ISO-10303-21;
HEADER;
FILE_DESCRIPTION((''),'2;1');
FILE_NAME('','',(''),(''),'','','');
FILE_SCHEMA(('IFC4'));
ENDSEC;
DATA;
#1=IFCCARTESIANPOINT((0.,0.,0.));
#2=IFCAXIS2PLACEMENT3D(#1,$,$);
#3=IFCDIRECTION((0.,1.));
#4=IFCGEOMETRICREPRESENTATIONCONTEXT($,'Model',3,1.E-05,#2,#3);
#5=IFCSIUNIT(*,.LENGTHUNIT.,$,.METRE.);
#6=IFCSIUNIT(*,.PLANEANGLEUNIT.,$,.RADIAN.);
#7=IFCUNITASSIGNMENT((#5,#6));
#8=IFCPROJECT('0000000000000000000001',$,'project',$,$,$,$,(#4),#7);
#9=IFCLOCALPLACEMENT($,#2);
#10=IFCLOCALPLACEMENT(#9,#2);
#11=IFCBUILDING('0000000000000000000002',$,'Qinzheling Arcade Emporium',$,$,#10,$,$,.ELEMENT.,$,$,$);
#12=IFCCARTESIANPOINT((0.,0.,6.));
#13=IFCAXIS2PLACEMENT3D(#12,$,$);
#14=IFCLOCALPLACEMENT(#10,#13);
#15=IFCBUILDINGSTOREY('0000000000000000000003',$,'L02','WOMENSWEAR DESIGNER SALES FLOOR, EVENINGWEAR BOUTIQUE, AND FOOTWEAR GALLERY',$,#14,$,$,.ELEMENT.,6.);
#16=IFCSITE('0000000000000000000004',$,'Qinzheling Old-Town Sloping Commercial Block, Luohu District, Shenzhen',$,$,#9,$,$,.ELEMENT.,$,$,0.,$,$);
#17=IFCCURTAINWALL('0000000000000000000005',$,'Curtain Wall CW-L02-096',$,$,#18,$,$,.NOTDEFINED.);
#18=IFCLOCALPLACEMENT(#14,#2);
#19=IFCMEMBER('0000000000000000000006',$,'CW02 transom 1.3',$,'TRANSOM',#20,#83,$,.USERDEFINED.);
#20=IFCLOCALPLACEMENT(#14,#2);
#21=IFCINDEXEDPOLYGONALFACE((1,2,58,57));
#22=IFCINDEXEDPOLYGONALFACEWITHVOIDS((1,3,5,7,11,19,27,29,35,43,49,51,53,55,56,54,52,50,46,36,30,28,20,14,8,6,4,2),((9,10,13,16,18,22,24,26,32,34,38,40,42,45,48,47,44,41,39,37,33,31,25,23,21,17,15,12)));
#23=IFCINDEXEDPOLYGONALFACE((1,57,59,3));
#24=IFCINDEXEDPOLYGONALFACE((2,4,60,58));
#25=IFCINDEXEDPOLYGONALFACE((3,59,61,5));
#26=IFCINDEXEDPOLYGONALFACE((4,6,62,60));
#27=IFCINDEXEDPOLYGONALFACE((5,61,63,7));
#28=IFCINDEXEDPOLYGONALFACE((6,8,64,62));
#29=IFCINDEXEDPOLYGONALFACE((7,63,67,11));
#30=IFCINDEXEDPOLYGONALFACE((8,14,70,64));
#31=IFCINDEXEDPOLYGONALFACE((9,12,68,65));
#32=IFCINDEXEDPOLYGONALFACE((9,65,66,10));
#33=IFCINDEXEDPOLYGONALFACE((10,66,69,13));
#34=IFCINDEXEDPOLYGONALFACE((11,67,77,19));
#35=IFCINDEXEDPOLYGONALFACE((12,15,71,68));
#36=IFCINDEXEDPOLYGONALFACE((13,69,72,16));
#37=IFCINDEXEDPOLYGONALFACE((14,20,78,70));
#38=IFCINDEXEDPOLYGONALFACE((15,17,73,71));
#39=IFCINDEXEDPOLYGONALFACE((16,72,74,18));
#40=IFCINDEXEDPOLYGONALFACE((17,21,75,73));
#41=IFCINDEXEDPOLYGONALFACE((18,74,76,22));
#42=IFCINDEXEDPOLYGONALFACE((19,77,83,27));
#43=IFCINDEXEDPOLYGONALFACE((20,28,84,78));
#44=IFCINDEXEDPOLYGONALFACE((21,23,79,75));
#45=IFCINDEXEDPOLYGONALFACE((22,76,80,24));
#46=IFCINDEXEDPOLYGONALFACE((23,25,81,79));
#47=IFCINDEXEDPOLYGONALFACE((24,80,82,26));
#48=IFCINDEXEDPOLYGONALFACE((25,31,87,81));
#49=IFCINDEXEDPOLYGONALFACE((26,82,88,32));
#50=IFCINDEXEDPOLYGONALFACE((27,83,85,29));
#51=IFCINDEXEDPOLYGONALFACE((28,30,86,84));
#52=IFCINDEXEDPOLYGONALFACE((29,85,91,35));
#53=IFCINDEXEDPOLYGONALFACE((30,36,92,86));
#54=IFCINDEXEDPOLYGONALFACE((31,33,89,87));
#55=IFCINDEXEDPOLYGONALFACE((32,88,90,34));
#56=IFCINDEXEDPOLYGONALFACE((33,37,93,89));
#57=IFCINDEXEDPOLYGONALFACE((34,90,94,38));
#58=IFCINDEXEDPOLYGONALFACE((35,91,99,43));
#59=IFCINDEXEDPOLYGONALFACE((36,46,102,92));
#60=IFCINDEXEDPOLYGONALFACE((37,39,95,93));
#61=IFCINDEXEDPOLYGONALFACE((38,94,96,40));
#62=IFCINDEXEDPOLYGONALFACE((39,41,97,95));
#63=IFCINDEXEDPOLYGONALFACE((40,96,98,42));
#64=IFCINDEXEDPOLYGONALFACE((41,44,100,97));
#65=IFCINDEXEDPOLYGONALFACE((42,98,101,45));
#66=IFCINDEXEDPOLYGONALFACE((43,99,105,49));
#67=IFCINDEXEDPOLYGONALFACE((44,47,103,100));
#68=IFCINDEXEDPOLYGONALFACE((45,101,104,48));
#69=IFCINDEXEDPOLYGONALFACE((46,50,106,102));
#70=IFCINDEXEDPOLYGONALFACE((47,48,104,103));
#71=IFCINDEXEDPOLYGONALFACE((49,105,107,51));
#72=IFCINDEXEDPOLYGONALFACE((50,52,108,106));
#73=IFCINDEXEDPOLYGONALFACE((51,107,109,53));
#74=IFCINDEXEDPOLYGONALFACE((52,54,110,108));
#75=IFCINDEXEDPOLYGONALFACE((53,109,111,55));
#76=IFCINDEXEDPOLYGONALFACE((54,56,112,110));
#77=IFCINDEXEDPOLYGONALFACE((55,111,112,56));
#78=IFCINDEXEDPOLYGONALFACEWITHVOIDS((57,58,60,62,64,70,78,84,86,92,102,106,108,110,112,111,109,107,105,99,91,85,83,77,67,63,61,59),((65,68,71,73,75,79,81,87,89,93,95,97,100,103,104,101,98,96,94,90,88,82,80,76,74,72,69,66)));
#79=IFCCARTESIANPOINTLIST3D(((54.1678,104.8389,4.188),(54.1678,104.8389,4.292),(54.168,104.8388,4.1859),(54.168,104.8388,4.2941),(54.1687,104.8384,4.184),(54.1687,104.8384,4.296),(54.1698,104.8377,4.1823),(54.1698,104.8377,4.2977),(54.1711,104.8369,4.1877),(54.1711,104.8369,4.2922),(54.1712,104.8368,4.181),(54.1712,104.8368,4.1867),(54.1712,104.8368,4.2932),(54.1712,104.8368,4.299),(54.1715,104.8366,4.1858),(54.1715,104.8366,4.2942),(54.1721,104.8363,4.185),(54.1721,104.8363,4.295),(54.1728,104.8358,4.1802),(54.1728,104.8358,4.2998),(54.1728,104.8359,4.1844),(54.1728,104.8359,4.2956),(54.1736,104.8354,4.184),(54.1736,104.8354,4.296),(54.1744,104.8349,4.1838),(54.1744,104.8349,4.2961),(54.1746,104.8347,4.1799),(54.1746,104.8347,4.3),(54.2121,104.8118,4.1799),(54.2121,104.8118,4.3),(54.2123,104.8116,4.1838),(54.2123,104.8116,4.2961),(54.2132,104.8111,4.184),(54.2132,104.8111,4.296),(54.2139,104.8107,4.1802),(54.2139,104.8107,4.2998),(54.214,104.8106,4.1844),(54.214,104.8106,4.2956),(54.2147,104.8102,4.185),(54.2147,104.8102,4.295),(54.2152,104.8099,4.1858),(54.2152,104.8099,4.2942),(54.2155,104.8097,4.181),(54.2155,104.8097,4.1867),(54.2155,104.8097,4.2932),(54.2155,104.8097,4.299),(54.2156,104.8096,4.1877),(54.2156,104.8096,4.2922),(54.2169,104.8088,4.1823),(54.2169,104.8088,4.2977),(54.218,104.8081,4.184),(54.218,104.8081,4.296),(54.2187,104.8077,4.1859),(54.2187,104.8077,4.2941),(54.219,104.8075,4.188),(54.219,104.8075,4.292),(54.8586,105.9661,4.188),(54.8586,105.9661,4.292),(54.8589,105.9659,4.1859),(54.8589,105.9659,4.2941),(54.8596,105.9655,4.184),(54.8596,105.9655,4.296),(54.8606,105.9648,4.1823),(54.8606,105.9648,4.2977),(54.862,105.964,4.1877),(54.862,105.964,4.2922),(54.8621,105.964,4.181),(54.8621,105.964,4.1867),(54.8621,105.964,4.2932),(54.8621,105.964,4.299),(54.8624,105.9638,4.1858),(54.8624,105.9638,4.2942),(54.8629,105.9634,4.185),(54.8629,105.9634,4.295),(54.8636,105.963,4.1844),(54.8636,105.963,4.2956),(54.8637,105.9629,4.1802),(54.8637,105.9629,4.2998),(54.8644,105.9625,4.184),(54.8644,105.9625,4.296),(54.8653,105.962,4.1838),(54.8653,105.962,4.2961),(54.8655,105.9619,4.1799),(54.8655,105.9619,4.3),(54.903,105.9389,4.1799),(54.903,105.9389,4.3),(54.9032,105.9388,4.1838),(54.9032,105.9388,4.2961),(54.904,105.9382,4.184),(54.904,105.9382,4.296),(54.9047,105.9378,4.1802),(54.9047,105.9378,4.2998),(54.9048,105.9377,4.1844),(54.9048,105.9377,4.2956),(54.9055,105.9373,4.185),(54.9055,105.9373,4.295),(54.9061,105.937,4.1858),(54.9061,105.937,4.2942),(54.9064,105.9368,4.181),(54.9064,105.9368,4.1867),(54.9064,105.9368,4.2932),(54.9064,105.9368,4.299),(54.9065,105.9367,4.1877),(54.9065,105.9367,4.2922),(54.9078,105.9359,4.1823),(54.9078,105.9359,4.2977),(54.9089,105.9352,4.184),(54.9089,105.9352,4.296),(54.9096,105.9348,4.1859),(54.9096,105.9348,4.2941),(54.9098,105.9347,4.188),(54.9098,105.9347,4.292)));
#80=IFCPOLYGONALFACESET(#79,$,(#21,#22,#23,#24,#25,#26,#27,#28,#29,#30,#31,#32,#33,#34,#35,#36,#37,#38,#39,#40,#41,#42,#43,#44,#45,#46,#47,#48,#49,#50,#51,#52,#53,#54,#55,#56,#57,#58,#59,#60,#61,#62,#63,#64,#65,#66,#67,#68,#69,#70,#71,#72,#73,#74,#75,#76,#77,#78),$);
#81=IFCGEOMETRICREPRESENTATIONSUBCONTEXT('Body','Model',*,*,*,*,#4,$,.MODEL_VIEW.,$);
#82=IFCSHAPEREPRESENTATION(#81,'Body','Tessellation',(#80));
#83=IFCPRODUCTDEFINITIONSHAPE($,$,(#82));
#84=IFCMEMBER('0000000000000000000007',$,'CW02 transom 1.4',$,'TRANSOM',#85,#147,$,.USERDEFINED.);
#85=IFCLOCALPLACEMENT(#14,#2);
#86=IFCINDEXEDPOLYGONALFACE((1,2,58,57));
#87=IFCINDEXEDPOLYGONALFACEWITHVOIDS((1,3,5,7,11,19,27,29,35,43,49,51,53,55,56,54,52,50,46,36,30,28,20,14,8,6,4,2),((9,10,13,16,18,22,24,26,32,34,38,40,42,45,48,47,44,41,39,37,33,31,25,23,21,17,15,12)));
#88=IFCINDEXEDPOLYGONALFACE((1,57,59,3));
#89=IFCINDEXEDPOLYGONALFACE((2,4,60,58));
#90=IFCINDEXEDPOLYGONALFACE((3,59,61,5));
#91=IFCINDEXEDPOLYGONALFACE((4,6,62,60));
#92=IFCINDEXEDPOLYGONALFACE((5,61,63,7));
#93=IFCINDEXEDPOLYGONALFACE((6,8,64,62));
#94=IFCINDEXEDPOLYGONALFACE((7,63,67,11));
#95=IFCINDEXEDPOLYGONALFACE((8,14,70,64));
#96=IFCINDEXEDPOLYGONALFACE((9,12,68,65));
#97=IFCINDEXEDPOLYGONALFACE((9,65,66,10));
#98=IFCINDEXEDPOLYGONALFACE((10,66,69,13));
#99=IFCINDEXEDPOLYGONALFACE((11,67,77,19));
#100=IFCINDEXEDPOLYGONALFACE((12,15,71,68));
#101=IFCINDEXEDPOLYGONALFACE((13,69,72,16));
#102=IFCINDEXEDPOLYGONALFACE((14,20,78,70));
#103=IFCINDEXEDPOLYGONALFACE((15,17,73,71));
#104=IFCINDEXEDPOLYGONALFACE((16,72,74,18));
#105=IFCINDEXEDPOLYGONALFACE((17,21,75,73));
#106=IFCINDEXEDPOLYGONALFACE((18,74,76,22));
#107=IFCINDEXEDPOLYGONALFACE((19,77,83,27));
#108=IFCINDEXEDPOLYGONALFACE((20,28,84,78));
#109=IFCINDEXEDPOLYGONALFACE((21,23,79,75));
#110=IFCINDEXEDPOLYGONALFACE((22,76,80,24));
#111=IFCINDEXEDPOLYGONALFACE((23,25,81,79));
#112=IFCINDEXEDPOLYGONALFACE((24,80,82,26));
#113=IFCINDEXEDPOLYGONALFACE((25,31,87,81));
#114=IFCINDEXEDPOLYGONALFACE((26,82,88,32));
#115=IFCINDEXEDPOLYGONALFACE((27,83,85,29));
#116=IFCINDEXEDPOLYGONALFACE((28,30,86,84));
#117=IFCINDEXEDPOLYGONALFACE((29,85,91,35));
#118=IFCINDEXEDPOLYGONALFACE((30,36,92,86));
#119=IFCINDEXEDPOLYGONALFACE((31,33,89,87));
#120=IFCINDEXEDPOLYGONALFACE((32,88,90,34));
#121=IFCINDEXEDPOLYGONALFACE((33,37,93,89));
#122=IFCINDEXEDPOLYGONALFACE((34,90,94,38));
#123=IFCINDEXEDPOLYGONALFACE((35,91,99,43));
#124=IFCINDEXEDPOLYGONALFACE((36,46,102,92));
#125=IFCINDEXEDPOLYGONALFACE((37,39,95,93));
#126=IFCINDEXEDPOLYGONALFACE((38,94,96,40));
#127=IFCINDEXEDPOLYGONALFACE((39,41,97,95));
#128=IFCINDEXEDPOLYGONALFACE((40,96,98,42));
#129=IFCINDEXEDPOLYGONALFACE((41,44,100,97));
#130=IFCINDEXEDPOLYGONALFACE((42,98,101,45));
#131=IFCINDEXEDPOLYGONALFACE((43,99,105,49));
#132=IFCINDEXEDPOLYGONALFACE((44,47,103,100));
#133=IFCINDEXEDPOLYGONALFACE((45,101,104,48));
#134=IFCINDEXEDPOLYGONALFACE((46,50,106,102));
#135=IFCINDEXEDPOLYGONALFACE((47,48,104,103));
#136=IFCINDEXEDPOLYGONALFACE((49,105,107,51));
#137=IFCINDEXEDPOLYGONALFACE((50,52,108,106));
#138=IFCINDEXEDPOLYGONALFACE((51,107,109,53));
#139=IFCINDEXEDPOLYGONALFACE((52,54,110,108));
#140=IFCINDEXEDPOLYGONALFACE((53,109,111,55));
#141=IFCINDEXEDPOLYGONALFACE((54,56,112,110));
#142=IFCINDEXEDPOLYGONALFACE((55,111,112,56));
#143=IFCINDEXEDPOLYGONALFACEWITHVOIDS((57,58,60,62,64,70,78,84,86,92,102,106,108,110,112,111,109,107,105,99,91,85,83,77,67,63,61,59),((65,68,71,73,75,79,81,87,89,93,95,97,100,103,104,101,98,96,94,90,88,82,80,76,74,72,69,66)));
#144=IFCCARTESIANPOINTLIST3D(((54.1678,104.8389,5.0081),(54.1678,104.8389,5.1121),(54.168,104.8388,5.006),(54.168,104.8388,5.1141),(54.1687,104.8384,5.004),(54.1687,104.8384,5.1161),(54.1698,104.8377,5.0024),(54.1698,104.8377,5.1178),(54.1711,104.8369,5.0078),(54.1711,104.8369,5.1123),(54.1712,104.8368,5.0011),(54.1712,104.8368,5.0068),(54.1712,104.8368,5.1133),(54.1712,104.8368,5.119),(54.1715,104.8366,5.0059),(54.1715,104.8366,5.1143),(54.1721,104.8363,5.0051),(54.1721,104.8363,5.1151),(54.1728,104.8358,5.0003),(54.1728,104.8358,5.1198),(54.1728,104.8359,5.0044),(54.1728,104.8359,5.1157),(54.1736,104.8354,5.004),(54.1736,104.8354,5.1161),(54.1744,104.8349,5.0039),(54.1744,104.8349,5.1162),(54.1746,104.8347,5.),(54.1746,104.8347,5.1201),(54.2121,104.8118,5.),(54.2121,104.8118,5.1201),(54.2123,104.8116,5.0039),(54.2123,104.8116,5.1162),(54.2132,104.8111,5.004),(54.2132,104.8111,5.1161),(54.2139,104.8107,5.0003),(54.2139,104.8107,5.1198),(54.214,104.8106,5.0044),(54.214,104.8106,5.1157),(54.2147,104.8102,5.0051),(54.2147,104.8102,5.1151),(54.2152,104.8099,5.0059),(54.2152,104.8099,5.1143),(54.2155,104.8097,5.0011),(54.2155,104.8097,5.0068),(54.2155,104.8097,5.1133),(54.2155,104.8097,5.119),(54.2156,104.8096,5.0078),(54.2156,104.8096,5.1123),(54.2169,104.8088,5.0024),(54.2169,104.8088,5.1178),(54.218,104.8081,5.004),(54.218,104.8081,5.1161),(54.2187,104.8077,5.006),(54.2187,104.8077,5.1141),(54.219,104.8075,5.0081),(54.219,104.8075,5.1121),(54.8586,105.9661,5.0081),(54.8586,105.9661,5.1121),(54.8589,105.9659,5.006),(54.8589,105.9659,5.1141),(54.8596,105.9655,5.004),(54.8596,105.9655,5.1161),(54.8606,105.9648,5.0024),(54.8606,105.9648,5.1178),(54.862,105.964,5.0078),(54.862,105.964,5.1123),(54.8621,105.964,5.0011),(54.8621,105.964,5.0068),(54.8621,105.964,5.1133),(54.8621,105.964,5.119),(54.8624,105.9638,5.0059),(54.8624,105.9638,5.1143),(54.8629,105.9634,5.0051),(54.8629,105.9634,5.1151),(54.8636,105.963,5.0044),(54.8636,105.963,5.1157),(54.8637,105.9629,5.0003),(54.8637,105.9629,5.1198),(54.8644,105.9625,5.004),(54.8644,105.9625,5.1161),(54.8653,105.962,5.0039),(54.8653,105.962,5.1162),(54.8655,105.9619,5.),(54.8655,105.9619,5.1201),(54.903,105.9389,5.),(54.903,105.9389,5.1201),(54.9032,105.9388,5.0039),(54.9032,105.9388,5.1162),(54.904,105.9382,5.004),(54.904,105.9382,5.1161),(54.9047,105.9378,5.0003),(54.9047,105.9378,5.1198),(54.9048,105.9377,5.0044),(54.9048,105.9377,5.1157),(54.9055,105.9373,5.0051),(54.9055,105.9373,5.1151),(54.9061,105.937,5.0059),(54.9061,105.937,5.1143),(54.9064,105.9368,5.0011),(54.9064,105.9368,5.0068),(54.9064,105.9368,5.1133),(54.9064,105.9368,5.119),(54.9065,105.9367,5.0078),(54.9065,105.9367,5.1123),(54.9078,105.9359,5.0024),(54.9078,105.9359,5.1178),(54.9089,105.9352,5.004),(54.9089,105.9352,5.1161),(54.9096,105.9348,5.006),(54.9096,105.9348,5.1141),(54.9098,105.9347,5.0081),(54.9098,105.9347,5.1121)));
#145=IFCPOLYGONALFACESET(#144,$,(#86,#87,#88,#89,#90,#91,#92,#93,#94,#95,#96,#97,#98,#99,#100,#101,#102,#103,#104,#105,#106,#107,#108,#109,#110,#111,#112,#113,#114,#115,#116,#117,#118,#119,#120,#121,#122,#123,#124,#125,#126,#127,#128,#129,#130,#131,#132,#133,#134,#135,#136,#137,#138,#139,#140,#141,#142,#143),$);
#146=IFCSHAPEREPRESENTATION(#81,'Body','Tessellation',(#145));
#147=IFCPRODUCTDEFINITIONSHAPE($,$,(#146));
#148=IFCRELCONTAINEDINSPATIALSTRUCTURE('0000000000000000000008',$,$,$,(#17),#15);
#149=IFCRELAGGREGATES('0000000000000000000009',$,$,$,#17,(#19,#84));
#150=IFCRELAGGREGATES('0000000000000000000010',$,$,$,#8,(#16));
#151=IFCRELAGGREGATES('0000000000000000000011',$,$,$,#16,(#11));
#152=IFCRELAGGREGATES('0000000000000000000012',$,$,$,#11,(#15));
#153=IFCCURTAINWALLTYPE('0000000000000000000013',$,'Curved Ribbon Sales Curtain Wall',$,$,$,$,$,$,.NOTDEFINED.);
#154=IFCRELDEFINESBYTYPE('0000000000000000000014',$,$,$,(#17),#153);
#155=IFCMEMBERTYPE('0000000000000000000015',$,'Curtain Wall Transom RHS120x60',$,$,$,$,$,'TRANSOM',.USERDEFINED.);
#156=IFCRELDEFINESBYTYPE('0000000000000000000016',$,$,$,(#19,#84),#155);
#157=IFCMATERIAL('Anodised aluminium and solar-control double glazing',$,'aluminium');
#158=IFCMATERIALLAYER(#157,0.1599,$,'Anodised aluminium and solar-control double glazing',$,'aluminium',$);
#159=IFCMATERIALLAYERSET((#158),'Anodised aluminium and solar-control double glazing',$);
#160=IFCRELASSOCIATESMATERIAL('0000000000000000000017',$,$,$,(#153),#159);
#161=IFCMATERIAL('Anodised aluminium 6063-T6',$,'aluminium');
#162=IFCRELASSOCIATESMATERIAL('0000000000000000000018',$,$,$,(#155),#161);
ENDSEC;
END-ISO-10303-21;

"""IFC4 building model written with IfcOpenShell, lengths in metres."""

from ifc_helpers import new_model, si_unit, direction, frame, origin, origin_2d, place, context, subcontext, project, spatial, hollow_rectangle, extrude, material, layer, layer_set, material_profile, profile_set, type_object, element, aggregate, save


model = new_model("IFC4")

# Units and contexts
model_context = context("Model", 3, precision=1e-05, world=origin(), true_north=direction((0.0, 1.0)))
body_context = subcontext(model_context, "Body", "Model", "MODEL_VIEW")
ifc_project = project(units=[si_unit("LENGTHUNIT", "METRE"), si_unit("PLANEANGLEUNIT", "RADIAN")], contexts=[model_context])

# Site, building, storey
site_placement = place(None, origin())
site = spatial("IfcSite", under=ifc_project, at=site_placement, Name="Qinzheling Old-Town Sloping Commercial Block, Luohu District, Shenzhen", CompositionType="ELEMENT", RefElevation=0.0)
building_placement = place(site_placement, origin())
building = spatial("IfcBuilding", under=site, at=building_placement, Name="Qinzheling Arcade Emporium", CompositionType="ELEMENT")
storey_placement = place(building_placement, frame((0.0, 0.0, 6.0)))
storey = spatial("IfcBuildingStorey", under=building, at=storey_placement, Name="L02", Description="WOMENSWEAR DESIGNER SALES FLOOR, EVENINGWEAR BOUTIQUE, AND FOOTWEAR GALLERY", CompositionType="ELEMENT", Elevation=6.0)

# Curtain wall
ifc_material_1 = material(Name="Anodised aluminium and solar-control double glazing", Category="aluminium")
ifc_layer_1 = layer(ifc_material_1, 0.1599, Name="Anodised aluminium and solar-control double glazing", Category="aluminium")
ifc_layer_set_1 = layer_set([ifc_layer_1], Name="Anodised aluminium and solar-control double glazing")
curtain_wall_type = type_object("IfcCurtainWallType", Name="Curved Ribbon Sales Curtain Wall", PredefinedType="NOTDEFINED", material=ifc_layer_set_1)
ifc_material_2 = material(Name="Anodised aluminium 6063-T6", Category="aluminium")
curtain_wall_1_placement = place(storey_placement, origin())
curtain_wall_1 = element("IfcCurtainWall", 1, at=curtain_wall_1_placement, inside=storey, type_object=curtain_wall_type, Name="Curtain Wall CW-L02-096", PredefinedType="NOTDEFINED")

# Members
ifc_material_profile_1 = material_profile(ifc_material_2, hollow_rectangle(XDim=0.0601, YDim=0.1201, WallThickness=0.0039, InnerFilletRadius=0.0039, OuterFilletRadius=0.0081, at=origin_2d()), Name="RHS 120x60x4", Category="aluminium")
ifc_profile_set_1 = profile_set([ifc_material_profile_1], Name="Anodised aluminium 6063-T6")
member_type_1 = type_object("IfcMemberType", Name="Curtain Wall Transom RHS120x60", ElementType="TRANSOM", PredefinedType="USERDEFINED", material=ifc_profile_set_1)
member_1_placement = place(storey_placement, frame((54.1934, 104.8232, 4.24), z_axis=(0.522592, 0.852583, 0.0), x_axis=(-0.852583, 0.522592, 0.0)))
member_1 = element("IfcMember", 2, at=member_1_placement, type_object=member_type_1, Name="CW02 transom 1.3", ObjectType="TRANSOM", PredefinedType="USERDEFINED", context=body_context, shape_type="SweptSolid", body=[
    extrude(hollow_rectangle(XDim=0.0601, YDim=0.1201, WallThickness=0.0039, InnerFilletRadius=0.0039, OuterFilletRadius=0.0081, at=origin_2d()), origin(), (0.0, 0.0, 1.0), 1.322),
])
member_2_placement = place(storey_placement, frame((54.1934, 104.8232, 5.0601), z_axis=(0.522592, 0.852583, 0.0), x_axis=(-0.852583, 0.522592, 0.0)))
member_2 = element("IfcMember", 3, at=member_2_placement, type_object=member_type_1, Name="CW02 transom 1.4", ObjectType="TRANSOM", PredefinedType="USERDEFINED", context=body_context, shape_type="SweptSolid", body=[
    extrude(hollow_rectangle(XDim=0.0601, YDim=0.1201, WallThickness=0.0039, InnerFilletRadius=0.0039, OuterFilletRadius=0.0081, at=origin_2d()), origin(), (0.0, 0.0, 1.0), 1.322),
])

aggregate(curtain_wall_1, [member_1, member_2])

save(model, "model.ifc")
